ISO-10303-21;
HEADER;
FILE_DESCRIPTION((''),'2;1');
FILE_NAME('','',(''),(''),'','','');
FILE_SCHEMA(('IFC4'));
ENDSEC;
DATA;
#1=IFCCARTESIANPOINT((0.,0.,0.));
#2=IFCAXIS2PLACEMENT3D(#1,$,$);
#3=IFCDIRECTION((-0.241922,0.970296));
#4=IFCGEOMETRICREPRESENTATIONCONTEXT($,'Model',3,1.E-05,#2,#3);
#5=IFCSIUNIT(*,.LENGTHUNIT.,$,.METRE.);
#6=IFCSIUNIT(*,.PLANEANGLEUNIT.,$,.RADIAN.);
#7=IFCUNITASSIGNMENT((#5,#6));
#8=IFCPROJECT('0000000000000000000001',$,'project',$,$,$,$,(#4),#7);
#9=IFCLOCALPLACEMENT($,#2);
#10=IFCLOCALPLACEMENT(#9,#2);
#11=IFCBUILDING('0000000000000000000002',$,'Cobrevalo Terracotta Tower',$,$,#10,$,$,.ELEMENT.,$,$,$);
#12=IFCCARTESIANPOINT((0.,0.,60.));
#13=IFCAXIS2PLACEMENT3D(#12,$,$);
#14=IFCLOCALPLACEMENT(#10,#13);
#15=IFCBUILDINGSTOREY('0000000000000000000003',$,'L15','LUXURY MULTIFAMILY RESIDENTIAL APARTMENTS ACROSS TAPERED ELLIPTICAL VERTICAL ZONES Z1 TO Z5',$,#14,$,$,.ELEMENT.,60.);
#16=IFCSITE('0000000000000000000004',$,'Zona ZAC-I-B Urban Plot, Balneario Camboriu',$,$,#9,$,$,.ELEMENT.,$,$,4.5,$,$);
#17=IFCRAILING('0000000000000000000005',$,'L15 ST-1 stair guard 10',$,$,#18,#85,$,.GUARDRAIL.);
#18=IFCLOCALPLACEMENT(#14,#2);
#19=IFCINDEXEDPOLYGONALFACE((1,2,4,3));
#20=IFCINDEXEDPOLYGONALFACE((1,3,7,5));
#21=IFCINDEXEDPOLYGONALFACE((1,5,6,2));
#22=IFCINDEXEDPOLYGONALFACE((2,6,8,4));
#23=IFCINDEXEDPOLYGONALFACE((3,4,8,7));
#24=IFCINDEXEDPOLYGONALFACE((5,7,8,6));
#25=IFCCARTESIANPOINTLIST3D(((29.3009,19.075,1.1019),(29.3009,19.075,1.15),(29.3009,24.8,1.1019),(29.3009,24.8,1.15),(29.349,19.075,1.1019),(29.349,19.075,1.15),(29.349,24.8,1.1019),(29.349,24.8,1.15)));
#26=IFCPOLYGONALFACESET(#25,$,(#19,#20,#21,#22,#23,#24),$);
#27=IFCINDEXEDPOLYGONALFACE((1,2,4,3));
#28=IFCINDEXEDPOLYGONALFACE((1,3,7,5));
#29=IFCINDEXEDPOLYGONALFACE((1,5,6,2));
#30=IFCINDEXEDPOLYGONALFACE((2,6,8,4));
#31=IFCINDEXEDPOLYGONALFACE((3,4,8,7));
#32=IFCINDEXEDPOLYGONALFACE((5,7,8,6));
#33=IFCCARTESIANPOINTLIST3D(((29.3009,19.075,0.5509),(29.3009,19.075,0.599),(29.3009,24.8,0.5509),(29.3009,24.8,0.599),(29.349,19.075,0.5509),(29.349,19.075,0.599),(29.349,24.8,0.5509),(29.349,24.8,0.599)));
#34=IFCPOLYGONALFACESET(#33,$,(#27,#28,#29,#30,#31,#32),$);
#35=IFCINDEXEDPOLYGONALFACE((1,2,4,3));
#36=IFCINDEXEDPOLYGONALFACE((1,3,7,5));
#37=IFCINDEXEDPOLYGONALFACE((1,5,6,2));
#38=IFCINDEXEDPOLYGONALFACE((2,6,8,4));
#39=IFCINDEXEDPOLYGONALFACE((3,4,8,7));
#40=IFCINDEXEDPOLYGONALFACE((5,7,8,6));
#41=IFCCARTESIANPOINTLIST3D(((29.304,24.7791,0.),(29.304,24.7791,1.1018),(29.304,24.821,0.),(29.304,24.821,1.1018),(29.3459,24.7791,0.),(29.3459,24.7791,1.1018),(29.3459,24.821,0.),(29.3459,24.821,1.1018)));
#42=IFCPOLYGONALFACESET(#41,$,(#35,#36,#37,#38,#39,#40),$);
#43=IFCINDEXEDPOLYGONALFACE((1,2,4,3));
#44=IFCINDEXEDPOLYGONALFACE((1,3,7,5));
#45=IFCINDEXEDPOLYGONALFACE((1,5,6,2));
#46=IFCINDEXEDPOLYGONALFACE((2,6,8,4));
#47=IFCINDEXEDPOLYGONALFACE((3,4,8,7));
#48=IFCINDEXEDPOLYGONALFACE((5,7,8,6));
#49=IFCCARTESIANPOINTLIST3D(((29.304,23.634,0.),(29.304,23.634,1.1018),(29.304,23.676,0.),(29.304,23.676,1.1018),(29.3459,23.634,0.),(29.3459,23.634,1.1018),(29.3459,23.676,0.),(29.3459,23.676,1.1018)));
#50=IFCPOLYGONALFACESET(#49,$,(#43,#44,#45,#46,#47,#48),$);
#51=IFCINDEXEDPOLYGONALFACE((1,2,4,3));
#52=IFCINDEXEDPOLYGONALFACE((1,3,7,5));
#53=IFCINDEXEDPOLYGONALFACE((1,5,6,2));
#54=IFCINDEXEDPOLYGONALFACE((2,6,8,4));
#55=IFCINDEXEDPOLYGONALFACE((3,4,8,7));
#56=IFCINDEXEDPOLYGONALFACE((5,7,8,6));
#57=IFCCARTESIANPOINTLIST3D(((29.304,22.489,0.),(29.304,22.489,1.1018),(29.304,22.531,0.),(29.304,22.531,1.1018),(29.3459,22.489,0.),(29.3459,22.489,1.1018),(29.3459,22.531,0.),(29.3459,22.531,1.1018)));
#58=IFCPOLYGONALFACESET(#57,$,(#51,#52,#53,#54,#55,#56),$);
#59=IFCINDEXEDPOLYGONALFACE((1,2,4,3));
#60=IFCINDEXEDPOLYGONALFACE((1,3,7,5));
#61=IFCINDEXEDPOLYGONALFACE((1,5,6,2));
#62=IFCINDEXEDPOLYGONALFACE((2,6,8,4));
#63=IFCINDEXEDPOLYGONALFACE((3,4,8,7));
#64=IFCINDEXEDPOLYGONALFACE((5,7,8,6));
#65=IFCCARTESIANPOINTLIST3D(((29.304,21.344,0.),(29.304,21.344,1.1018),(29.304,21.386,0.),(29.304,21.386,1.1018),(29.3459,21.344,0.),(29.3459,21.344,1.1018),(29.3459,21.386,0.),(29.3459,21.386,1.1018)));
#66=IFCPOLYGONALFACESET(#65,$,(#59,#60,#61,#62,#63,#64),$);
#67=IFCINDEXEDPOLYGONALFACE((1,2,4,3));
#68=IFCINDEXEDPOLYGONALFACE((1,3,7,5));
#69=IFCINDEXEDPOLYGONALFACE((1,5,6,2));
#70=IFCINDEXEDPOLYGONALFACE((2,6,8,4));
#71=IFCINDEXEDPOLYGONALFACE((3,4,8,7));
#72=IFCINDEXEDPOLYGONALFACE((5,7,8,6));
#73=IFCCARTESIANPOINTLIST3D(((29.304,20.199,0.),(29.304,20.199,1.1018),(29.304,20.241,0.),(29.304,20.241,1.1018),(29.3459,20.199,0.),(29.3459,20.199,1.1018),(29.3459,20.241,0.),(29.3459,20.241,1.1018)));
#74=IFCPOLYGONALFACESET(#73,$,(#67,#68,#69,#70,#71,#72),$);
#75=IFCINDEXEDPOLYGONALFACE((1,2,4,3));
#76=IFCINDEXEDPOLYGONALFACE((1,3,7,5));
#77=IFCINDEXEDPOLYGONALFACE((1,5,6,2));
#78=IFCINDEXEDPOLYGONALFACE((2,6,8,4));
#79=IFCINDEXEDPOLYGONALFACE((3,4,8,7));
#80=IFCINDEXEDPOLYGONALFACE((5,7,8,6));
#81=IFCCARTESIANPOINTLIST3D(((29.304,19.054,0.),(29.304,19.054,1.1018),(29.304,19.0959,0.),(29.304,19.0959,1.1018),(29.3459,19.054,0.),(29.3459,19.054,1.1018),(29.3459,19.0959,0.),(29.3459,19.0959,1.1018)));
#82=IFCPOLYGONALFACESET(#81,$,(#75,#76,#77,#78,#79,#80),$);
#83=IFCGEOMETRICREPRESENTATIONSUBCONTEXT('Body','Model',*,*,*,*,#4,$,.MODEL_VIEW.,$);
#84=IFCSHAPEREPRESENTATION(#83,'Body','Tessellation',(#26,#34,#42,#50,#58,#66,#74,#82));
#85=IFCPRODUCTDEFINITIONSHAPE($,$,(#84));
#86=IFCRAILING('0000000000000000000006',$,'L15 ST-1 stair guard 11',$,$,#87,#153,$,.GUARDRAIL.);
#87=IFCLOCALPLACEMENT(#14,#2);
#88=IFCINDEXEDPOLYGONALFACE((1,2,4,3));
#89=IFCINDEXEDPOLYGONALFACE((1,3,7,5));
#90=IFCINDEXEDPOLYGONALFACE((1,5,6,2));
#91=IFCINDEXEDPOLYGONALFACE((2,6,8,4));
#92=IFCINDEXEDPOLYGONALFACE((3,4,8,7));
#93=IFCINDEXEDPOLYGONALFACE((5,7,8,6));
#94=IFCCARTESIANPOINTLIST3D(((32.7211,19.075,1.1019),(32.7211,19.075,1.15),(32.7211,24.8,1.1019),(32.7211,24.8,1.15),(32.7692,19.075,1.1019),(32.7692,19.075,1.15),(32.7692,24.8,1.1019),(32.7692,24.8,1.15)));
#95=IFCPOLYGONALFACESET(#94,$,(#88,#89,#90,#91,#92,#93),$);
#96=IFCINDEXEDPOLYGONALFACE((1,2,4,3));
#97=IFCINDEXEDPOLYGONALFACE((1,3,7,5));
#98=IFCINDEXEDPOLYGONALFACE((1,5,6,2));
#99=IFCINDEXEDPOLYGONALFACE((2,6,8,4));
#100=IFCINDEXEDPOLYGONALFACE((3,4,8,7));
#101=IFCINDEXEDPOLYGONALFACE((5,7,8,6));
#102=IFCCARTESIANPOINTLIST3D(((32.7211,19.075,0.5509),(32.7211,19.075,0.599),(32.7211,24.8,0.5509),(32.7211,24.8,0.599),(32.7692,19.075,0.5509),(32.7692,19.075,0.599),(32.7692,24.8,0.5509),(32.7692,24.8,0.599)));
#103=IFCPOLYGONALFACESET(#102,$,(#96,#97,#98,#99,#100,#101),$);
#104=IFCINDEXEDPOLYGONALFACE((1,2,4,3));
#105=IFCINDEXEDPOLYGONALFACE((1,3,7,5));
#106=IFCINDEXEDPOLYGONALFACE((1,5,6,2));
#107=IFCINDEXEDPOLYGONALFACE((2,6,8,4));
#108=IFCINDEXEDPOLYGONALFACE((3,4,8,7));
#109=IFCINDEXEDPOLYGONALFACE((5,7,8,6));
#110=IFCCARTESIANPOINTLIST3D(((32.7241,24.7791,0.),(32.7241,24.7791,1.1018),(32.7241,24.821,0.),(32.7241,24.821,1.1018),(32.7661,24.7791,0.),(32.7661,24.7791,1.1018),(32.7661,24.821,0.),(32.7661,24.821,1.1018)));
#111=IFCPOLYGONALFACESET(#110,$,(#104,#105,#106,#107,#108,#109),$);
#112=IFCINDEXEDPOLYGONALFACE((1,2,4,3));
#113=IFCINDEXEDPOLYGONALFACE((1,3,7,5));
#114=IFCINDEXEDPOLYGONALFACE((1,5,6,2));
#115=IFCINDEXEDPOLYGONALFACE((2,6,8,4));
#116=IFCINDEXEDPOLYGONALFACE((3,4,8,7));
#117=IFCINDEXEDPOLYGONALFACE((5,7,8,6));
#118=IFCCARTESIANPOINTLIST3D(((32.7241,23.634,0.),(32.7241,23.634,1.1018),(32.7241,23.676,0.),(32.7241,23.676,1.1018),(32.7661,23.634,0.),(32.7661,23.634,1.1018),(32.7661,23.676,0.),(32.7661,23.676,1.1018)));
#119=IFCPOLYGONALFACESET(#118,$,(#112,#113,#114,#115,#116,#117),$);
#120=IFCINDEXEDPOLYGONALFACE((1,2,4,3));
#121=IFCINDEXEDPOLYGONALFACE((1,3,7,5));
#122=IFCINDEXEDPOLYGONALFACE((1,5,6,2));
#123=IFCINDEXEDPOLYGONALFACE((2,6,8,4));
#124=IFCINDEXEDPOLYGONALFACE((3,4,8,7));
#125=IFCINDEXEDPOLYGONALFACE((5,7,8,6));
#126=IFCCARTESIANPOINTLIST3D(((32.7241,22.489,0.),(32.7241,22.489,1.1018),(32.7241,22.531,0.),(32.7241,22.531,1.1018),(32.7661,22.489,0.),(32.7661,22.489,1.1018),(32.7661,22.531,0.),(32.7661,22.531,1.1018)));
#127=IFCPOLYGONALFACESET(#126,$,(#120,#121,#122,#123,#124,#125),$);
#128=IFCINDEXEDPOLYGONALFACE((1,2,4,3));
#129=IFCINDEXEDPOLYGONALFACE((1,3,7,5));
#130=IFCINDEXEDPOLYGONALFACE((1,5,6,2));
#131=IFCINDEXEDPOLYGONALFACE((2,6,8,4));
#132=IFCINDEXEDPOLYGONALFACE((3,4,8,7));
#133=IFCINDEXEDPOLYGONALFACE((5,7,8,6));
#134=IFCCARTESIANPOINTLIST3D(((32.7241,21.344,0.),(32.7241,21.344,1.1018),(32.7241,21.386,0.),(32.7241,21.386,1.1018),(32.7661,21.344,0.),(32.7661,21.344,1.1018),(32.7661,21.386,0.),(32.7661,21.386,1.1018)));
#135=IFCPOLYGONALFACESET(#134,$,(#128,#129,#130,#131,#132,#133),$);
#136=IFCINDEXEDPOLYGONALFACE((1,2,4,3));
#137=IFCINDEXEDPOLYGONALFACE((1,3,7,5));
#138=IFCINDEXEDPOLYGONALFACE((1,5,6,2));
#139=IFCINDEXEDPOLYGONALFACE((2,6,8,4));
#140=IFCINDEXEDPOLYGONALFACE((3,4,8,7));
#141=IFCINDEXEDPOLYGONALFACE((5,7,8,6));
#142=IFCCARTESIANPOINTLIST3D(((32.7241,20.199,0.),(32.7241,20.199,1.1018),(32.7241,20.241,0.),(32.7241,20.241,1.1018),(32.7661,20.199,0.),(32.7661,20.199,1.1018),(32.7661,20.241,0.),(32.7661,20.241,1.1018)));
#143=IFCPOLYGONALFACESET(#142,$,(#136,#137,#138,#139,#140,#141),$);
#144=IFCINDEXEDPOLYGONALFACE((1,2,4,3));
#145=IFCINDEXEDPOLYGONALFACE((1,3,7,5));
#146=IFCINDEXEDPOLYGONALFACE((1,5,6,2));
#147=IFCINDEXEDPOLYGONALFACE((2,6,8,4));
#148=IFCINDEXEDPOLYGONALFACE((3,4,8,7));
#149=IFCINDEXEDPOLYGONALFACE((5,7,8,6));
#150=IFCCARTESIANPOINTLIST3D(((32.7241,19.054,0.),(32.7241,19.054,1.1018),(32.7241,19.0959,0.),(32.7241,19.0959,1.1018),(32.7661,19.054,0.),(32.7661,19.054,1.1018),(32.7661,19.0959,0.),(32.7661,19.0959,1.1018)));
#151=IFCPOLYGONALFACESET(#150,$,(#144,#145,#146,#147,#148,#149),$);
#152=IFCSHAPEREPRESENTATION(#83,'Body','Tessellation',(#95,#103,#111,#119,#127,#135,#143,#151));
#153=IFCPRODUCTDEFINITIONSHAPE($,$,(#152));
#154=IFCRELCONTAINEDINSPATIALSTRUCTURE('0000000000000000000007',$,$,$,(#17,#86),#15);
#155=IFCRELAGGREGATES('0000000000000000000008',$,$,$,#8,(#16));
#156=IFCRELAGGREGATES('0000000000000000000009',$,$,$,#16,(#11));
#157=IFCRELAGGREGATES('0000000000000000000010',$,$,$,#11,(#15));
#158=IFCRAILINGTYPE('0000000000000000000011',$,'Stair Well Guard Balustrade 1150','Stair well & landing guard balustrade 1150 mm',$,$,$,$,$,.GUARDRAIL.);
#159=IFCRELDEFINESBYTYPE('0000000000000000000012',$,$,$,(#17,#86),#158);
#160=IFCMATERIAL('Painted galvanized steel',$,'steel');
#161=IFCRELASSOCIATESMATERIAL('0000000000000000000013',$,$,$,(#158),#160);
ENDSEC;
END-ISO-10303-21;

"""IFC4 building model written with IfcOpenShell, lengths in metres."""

from ifc_helpers import new_model, si_unit, direction, frame, origin, origin_2d, place, context, subcontext, project, spatial, rectangle, extrude, material, type_object, element, save


model = new_model("IFC4")

# Units and contexts
model_context = context("Model", 3, precision=1e-05, world=origin(), true_north=direction((-0.241922, 0.970296)))
body_context = subcontext(model_context, "Body", "Model", "MODEL_VIEW")
ifc_project = project(units=[si_unit("LENGTHUNIT", "METRE"), si_unit("PLANEANGLEUNIT", "RADIAN")], contexts=[model_context])

# Site, building, storey
site_placement = place(None, origin())
site = spatial("IfcSite", under=ifc_project, at=site_placement, Name="Zona ZAC-I-B Urban Plot, Balneario Camboriu", CompositionType="ELEMENT", RefElevation=4.5)
building_placement = place(site_placement, origin())
building = spatial("IfcBuilding", under=site, at=building_placement, Name="Cobrevalo Terracotta Tower", CompositionType="ELEMENT")
storey_placement = place(building_placement, frame((0.0, 0.0, 60.0)))
storey = spatial("IfcBuildingStorey", under=building, at=storey_placement, Name="L15", Description="LUXURY MULTIFAMILY RESIDENTIAL APARTMENTS ACROSS TAPERED ELLIPTICAL VERTICAL ZONES Z1 TO Z5", CompositionType="ELEMENT", Elevation=60.0)

# Railings
ifc_material_1 = material(Name="Painted galvanized steel", Category="steel")
railing_type_1 = type_object("IfcRailingType", Name="Stair Well Guard Balustrade 1150", Description="Stair well & landing guard balustrade 1150 mm", PredefinedType="GUARDRAIL", material=ifc_material_1)
for number, where, name in (
    (1, (29.325, 24.8, 0.0), "L15 ST-1 stair guard 10"),
    (2, (32.7451, 24.8, 0.0), "L15 ST-1 stair guard 11"),
):
    element("IfcRailing", number, at=place(storey_placement, frame(where)), inside=storey, type_object=railing_type_1, Name=name, PredefinedType="GUARDRAIL", context=body_context, shape_type="SweptSolid", body=[
        extrude(rectangle(XDim=0.0481, YDim=0.0481, at=origin_2d()), frame((0.0, 0.0, 1.126), z_axis=(0.0, -1.0, 0.0), x_axis=(1.0, 0.0, 0.0)), (0.0, 0.0, 1.0), 5.7251),
        extrude(rectangle(XDim=0.0481, YDim=0.0481, at=origin_2d()), frame((0.0, 0.0, 0.575), z_axis=(0.0, -1.0, 0.0), x_axis=(1.0, 0.0, 0.0)), (0.0, 0.0, 1.0), 5.7251),
        extrude(rectangle(XDim=0.042, YDim=0.042, at=origin_2d()), origin(), (0.0, 0.0, 1.0), 1.1018),
        extrude(rectangle(XDim=0.042, YDim=0.042, at=origin_2d()), frame((0.0, -1.145, 0.0)), (0.0, 0.0, 1.0), 1.1018),
        extrude(rectangle(XDim=0.042, YDim=0.042, at=origin_2d()), frame((0.0, -2.29, 0.0)), (0.0, 0.0, 1.0), 1.1018),
        extrude(rectangle(XDim=0.042, YDim=0.042, at=origin_2d()), frame((0.0, -3.4351, 0.0)), (0.0, 0.0, 1.0), 1.1018),
        extrude(rectangle(XDim=0.042, YDim=0.042, at=origin_2d()), frame((0.0, -4.5801, 0.0)), (0.0, 0.0, 1.0), 1.1018),
        extrude(rectangle(XDim=0.042, YDim=0.042, at=origin_2d()), frame((0.0, -5.7251, 0.0)), (0.0, 0.0, 1.0), 1.1018),
    ])

save(model, "model.ifc")
